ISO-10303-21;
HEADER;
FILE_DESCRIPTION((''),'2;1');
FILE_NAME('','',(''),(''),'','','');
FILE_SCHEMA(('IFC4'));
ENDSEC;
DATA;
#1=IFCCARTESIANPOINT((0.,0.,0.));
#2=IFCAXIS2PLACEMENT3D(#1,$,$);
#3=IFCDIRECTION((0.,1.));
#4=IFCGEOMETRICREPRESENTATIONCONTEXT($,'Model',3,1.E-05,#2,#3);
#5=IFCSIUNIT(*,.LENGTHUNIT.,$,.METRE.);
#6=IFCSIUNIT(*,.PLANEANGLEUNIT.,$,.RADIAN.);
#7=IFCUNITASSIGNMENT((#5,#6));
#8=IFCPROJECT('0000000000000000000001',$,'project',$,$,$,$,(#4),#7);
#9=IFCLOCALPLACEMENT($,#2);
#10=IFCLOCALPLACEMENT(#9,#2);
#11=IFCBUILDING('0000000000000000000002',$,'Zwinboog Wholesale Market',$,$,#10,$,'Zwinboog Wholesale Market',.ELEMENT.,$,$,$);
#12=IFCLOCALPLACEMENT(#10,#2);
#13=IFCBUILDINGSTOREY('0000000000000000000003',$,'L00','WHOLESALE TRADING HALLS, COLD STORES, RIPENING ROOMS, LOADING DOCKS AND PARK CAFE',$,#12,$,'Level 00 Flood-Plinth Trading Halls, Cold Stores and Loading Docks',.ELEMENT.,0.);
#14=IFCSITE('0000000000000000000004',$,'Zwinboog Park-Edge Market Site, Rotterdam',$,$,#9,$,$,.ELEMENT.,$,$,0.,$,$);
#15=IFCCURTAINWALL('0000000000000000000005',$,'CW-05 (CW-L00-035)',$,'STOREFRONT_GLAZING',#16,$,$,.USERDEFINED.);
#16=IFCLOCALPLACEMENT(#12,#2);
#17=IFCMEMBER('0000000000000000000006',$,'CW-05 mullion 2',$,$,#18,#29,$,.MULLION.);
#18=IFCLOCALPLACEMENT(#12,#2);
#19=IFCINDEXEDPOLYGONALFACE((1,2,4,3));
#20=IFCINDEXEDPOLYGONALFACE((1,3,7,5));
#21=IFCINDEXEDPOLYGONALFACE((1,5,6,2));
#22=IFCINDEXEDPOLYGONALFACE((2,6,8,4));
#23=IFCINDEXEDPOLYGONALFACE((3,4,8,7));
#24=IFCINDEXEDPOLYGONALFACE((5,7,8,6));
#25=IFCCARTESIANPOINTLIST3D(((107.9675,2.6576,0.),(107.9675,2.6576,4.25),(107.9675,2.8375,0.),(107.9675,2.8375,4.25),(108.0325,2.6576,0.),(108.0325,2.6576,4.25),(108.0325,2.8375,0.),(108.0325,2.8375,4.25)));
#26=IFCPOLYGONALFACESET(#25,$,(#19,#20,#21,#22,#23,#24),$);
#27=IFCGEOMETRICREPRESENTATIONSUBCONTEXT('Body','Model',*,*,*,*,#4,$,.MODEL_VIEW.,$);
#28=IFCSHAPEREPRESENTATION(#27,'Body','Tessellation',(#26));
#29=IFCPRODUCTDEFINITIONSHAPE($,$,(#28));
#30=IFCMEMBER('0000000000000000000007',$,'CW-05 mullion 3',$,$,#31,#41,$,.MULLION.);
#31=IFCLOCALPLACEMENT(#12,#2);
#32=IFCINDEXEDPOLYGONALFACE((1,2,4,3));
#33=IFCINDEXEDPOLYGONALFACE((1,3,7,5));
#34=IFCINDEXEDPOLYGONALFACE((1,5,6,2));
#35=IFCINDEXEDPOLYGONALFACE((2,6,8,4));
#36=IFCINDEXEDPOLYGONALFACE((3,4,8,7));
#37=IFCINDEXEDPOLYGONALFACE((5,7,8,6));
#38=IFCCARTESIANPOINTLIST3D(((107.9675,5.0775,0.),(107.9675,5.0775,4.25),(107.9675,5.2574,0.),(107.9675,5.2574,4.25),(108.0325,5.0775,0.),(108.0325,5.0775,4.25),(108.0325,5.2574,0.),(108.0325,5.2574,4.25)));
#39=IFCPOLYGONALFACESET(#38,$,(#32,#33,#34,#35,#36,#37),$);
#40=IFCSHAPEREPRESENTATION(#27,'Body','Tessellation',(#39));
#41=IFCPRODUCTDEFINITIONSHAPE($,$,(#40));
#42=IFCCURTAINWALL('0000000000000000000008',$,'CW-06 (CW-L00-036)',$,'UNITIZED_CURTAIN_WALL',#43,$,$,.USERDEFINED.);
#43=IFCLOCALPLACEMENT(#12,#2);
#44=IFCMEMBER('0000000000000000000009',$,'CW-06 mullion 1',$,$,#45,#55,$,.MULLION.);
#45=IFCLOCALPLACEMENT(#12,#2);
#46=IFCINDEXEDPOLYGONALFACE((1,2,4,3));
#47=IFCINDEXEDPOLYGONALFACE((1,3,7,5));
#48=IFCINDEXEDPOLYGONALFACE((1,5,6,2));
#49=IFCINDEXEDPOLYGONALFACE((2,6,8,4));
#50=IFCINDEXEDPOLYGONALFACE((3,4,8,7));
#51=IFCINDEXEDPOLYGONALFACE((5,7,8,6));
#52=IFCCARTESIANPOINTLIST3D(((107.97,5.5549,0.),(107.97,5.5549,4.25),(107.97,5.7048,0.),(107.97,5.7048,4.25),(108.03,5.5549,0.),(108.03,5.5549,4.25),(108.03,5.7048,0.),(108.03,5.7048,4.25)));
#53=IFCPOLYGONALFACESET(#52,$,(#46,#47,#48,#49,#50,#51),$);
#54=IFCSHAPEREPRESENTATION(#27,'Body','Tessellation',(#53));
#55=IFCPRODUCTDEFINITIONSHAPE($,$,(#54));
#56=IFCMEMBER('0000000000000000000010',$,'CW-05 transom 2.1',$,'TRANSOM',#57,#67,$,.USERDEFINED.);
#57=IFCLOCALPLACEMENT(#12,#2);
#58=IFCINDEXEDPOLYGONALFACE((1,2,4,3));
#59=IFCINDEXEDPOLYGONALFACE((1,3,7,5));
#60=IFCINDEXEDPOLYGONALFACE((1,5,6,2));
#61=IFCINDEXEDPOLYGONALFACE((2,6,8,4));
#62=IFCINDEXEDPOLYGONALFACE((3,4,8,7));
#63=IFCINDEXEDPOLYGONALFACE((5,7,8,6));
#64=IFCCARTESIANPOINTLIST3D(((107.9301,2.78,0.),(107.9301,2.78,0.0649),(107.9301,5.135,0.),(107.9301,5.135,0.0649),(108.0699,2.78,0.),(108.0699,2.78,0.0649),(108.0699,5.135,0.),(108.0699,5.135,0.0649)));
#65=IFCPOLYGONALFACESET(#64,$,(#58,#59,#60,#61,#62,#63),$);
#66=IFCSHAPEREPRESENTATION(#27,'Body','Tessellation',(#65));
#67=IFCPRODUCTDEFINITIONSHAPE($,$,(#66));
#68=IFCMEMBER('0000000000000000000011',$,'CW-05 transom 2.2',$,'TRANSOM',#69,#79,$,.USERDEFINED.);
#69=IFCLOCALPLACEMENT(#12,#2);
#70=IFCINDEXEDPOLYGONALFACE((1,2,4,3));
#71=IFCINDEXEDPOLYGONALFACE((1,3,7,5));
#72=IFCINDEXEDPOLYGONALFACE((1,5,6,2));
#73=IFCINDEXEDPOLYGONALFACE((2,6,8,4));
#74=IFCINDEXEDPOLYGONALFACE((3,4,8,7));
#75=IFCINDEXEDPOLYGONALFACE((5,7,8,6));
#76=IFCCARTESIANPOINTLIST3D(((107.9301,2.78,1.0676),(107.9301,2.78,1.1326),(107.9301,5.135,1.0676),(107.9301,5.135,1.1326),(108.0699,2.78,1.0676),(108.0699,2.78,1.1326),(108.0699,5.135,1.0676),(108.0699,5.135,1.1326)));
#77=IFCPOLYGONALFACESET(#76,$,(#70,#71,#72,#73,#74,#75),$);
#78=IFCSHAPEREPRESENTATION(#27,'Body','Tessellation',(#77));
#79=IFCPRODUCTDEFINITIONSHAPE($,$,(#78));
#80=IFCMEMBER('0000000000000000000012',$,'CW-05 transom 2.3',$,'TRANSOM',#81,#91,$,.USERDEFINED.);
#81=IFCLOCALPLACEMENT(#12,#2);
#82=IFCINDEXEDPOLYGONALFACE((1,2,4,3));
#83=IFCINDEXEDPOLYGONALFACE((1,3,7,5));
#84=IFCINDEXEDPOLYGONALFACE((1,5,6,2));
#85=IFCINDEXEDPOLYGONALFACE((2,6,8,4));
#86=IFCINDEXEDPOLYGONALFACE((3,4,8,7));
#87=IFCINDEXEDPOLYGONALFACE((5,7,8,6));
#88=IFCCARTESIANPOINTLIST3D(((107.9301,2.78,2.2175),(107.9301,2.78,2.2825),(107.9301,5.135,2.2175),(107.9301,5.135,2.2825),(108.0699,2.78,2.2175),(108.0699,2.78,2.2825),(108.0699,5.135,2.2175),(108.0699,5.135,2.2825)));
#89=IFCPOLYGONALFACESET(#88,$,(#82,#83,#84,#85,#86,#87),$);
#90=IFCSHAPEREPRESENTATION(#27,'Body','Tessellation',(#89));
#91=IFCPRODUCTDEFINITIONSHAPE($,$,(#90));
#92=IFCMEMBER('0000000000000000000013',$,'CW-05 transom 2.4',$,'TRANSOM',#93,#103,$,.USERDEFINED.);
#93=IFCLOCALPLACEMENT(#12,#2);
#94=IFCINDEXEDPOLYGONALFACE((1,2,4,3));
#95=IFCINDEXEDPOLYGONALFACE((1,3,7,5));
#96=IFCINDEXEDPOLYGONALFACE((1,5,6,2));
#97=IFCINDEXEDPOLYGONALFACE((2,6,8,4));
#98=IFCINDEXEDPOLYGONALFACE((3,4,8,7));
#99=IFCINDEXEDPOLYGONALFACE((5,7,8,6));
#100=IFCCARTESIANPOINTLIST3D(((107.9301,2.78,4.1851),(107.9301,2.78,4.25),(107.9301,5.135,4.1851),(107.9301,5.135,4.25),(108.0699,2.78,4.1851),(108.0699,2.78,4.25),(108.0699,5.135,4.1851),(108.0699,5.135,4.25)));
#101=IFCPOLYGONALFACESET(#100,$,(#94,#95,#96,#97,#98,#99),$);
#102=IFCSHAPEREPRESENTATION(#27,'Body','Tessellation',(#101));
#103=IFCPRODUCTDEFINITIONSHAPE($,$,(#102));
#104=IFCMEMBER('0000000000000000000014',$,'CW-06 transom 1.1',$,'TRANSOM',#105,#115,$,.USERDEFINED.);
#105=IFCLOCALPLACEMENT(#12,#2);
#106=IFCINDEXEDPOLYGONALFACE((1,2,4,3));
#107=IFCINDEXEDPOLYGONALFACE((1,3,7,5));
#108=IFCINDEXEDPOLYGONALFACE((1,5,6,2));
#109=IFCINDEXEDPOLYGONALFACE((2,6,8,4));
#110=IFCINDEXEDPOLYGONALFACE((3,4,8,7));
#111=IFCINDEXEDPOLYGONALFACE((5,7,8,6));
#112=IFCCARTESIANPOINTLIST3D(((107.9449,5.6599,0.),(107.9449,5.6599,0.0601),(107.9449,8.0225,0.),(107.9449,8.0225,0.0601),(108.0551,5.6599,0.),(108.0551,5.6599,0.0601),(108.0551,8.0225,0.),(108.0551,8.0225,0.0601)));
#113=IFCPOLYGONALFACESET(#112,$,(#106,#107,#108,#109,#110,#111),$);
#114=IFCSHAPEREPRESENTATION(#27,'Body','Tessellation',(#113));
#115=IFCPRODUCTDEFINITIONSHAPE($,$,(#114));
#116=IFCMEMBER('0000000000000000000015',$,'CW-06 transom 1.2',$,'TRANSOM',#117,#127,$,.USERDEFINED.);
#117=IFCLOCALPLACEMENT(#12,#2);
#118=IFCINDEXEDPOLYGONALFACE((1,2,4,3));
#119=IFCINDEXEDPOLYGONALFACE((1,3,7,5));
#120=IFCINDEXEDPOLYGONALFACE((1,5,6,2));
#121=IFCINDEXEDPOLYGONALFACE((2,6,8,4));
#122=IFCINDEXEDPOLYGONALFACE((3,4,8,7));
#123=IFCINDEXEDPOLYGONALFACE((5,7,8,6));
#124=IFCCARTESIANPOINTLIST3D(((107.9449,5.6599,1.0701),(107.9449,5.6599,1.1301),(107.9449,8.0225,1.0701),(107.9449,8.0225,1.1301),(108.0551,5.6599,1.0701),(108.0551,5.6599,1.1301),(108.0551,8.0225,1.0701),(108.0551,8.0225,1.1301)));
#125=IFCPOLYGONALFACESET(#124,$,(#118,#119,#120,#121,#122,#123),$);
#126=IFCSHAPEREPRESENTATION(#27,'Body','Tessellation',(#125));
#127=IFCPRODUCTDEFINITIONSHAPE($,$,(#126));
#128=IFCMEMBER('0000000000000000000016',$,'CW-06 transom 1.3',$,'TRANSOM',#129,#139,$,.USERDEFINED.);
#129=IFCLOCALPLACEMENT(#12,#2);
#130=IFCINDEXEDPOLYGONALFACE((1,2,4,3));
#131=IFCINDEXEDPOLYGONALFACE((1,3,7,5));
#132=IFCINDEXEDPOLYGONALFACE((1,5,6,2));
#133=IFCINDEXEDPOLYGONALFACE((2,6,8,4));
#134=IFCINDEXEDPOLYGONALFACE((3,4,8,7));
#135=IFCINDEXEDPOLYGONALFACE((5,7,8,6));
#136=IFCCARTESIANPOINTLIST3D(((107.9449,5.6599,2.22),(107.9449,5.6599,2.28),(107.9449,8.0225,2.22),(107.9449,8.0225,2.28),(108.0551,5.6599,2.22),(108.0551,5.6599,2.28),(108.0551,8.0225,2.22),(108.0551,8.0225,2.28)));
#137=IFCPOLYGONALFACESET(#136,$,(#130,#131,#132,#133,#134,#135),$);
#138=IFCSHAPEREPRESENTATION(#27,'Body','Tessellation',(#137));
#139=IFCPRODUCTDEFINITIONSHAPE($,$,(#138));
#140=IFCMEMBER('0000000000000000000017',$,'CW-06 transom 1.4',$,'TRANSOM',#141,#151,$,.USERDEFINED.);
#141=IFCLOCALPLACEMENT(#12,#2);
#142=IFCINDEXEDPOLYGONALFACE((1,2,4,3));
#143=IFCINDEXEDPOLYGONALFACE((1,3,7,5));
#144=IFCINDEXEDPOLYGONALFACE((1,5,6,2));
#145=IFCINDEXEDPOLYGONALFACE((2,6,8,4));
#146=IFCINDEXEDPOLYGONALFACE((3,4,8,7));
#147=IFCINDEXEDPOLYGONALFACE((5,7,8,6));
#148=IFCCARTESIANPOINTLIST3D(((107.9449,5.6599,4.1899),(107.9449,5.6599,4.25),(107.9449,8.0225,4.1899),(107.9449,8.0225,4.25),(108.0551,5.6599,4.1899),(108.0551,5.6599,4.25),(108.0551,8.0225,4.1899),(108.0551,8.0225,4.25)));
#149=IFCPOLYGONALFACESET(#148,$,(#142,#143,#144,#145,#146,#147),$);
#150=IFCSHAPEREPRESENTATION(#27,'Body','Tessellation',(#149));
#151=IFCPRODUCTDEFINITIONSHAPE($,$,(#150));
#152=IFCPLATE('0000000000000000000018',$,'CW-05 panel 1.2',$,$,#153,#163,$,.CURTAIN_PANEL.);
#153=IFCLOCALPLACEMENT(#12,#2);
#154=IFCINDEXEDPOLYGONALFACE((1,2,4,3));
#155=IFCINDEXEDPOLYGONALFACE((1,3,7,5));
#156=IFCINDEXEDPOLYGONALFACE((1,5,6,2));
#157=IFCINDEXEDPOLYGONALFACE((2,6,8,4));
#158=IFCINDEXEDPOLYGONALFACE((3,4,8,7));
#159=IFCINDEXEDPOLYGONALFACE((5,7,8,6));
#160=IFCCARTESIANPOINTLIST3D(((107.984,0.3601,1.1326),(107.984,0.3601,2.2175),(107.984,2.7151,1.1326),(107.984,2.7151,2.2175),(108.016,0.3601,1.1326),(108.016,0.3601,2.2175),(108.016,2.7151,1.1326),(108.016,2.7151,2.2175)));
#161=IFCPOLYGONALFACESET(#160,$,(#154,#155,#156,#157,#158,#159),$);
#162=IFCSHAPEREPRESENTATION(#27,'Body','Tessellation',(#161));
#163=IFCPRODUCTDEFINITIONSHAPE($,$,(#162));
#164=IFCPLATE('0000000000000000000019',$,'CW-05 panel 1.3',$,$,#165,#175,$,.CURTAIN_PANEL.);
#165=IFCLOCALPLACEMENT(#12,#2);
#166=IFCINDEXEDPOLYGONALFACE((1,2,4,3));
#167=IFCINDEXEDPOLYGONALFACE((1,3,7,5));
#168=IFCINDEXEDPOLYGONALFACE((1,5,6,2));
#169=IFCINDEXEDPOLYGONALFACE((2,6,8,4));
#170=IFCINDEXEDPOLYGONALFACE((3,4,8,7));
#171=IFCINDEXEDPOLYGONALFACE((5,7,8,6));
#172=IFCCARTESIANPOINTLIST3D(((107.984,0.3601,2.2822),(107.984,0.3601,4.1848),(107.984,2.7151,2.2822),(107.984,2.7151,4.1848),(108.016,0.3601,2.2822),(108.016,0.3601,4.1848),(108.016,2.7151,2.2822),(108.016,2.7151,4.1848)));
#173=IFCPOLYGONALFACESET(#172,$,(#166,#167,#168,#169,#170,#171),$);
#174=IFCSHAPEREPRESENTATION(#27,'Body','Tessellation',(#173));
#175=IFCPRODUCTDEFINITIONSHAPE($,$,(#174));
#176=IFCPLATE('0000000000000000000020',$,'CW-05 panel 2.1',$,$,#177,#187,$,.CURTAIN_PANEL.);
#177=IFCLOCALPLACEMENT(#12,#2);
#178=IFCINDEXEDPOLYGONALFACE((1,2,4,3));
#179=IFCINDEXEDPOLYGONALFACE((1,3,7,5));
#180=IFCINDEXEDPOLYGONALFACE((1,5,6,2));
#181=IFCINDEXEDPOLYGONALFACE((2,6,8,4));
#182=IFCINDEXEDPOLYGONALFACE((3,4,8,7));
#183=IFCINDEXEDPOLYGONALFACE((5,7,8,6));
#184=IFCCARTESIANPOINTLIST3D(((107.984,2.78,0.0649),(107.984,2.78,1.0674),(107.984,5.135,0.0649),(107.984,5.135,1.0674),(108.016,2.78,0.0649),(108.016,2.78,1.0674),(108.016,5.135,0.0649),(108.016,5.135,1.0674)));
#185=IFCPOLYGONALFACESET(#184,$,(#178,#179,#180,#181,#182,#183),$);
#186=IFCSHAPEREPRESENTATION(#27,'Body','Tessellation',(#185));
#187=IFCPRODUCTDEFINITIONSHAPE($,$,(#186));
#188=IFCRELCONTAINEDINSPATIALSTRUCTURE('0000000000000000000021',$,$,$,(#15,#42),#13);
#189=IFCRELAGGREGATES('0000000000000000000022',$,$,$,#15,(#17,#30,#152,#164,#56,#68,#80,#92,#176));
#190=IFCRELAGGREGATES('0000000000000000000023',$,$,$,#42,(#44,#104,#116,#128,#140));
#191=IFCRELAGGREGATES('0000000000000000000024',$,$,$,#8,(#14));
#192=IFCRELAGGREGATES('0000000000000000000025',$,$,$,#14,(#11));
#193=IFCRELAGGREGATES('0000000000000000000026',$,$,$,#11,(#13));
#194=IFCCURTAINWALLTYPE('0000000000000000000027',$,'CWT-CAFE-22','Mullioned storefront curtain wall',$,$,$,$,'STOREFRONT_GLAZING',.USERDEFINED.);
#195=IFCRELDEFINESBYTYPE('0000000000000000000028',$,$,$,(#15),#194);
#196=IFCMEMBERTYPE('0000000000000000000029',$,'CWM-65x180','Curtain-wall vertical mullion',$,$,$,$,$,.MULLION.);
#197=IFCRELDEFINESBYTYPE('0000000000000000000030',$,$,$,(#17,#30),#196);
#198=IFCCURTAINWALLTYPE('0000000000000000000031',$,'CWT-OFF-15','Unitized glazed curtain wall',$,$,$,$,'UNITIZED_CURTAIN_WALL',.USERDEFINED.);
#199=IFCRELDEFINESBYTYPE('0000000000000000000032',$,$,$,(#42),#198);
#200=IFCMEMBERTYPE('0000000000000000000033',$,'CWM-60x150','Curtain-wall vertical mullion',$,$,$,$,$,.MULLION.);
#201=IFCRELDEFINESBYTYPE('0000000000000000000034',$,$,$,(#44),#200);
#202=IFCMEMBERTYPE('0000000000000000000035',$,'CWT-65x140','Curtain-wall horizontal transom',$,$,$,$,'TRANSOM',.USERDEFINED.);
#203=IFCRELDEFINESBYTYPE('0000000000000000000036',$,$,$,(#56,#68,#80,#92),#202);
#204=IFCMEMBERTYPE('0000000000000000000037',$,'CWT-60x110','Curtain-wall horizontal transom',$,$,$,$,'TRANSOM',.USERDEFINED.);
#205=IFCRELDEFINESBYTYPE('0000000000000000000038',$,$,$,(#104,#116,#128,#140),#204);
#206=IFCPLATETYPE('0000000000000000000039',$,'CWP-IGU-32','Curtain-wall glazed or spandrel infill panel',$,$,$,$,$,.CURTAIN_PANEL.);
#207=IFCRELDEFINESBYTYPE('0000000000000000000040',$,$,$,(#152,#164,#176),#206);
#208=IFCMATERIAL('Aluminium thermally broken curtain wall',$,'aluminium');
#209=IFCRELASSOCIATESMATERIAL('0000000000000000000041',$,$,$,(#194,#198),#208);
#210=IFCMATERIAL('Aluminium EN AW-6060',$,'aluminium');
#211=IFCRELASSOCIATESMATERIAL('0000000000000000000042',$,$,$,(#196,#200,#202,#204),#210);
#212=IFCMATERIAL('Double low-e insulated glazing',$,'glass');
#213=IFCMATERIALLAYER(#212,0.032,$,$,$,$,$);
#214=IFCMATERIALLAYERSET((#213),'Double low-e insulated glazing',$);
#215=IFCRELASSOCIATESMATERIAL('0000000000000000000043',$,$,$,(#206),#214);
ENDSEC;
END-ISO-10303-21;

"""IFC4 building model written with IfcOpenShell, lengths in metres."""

from ifc_helpers import new_model, si_unit, direction, frame, origin, origin_2d, place, context, subcontext, project, spatial, rectangle, extrude, material, layer, layer_set, material_profile, profile_set, type_object, element, aggregate, save


model = new_model("IFC4")

# Units and contexts
model_context = context("Model", 3, precision=1e-05, world=origin(), true_north=direction((0.0, 1.0)))
body_context = subcontext(model_context, "Body", "Model", "MODEL_VIEW")
ifc_project = project(units=[si_unit("LENGTHUNIT", "METRE"), si_unit("PLANEANGLEUNIT", "RADIAN")], contexts=[model_context])

# Site, building, storey
site_placement = place(None, origin())
site = spatial("IfcSite", under=ifc_project, at=site_placement, Name="Zwinboog Park-Edge Market Site, Rotterdam", CompositionType="ELEMENT", RefElevation=0.0)
building_placement = place(site_placement, origin())
building = spatial("IfcBuilding", under=site, at=building_placement, Name="Zwinboog Wholesale Market", LongName="Zwinboog Wholesale Market", CompositionType="ELEMENT")
storey_placement = place(building_placement, origin())
storey = spatial("IfcBuildingStorey", under=building, at=storey_placement, Name="L00", Description="WHOLESALE TRADING HALLS, COLD STORES, RIPENING ROOMS, LOADING DOCKS AND PARK CAFE", LongName="Level 00 Flood-Plinth Trading Halls, Cold Stores and Loading Docks", CompositionType="ELEMENT", Elevation=0.0)

# Curtain wall, members
ifc_material_1 = material(Name="Aluminium thermally broken curtain wall", Category="aluminium")
curtain_wall_type_1 = type_object("IfcCurtainWallType", Name="CWT-CAFE-22", Description="Mullioned storefront curtain wall", ElementType="STOREFRONT_GLAZING", PredefinedType="USERDEFINED", material=ifc_material_1)
curtain_wall_1_placement = place(storey_placement, origin())
curtain_wall_1 = element("IfcCurtainWall", 1, at=curtain_wall_1_placement, inside=storey, type_object=curtain_wall_type_1, Name="CW-05 (CW-L00-035)", ObjectType="STOREFRONT_GLAZING", PredefinedType="USERDEFINED")
ifc_material_2 = material(Name="Aluminium EN AW-6060", Category="aluminium")
ifc_material_profile_1 = material_profile(ifc_material_2, rectangle(XDim=0.0649, YDim=0.1799, at=origin_2d()), Name="AL 65x180")
ifc_profile_set_1 = profile_set([ifc_material_profile_1], Name="Aluminium EN AW-6060")
member_type_1 = type_object("IfcMemberType", Name="CWM-65x180", Description="Curtain-wall vertical mullion", PredefinedType="MULLION", material=ifc_profile_set_1)
member_1_placement = place(storey_placement, frame((108.0, 2.7476, 0.0), z_axis=(0.0, 0.0, 1.0), x_axis=(-1.0, 0.0, 0.0)))
member_1 = element("IfcMember", 2, at=member_1_placement, type_object=member_type_1, Name="CW-05 mullion 2", PredefinedType="MULLION", context=body_context, shape_type="SweptSolid", body=[
    extrude(rectangle(XDim=0.0649, YDim=0.1799, at=origin_2d()), origin(), (0.0, 0.0, 1.0), 4.25),
])
member_2_placement = place(storey_placement, frame((108.0, 5.1675, 0.0), z_axis=(0.0, 0.0, 1.0), x_axis=(-1.0, 0.0, 0.0)))
member_2 = element("IfcMember", 3, at=member_2_placement, type_object=member_type_1, Name="CW-05 mullion 3", PredefinedType="MULLION", context=body_context, shape_type="SweptSolid", body=[
    extrude(rectangle(XDim=0.0649, YDim=0.1799, at=origin_2d()), origin(), (0.0, 0.0, 1.0), 4.25),
])

# Curtain wall, member
curtain_wall_type_2 = type_object("IfcCurtainWallType", Name="CWT-OFF-15", Description="Unitized glazed curtain wall", ElementType="UNITIZED_CURTAIN_WALL", PredefinedType="USERDEFINED", material=ifc_material_1)
curtain_wall_2_placement = place(storey_placement, origin())
curtain_wall_2 = element("IfcCurtainWall", 4, at=curtain_wall_2_placement, inside=storey, type_object=curtain_wall_type_2, Name="CW-06 (CW-L00-036)", ObjectType="UNITIZED_CURTAIN_WALL", PredefinedType="USERDEFINED")
ifc_material_profile_2 = material_profile(ifc_material_2, rectangle(XDim=0.0601, YDim=0.1499, at=origin_2d()), Name="AL 60x150")
ifc_profile_set_2 = profile_set([ifc_material_profile_2], Name="Aluminium EN AW-6060")
member_type_2 = type_object("IfcMemberType", Name="CWM-60x150", Description="Curtain-wall vertical mullion", PredefinedType="MULLION", material=ifc_profile_set_2)
member_3_placement = place(storey_placement, frame((108.0, 5.6299, 0.0), z_axis=(0.0, 0.0, 1.0), x_axis=(-1.0, 0.0, 0.0)))
member_3 = element("IfcMember", 5, at=member_3_placement, type_object=member_type_2, Name="CW-06 mullion 1", PredefinedType="MULLION", context=body_context, shape_type="SweptSolid", body=[
    extrude(rectangle(XDim=0.0601, YDim=0.1499, at=origin_2d()), origin(), (0.0, 0.0, 1.0), 4.25),
])

# Members
ifc_material_profile_3 = material_profile(ifc_material_2, rectangle(XDim=0.1399, YDim=0.0649, at=origin_2d()), Name="AL 65x140")
ifc_profile_set_3 = profile_set([ifc_material_profile_3], Name="Aluminium EN AW-6060")
member_type_3 = type_object("IfcMemberType", Name="CWT-65x140", Description="Curtain-wall horizontal transom", ElementType="TRANSOM", PredefinedType="USERDEFINED", material=ifc_profile_set_3)
member_4_placement = place(storey_placement, frame((108.0, 2.78, 0.0325), z_axis=(0.0, 1.0, 0.0), x_axis=(-1.0, 0.0, 0.0)))
member_4 = element("IfcMember", 6, at=member_4_placement, type_object=member_type_3, Name="CW-05 transom 2.1", ObjectType="TRANSOM", PredefinedType="USERDEFINED", context=body_context, shape_type="SweptSolid", body=[
    extrude(rectangle(XDim=0.1399, YDim=0.0649, at=origin_2d()), origin(), (0.0, 0.0, 1.0), 2.355),
])
member_5_placement = place(storey_placement, frame((108.0, 2.78, 1.1001), z_axis=(0.0, 1.0, 0.0), x_axis=(-1.0, 0.0, 0.0)))
member_5 = element("IfcMember", 7, at=member_5_placement, type_object=member_type_3, Name="CW-05 transom 2.2", ObjectType="TRANSOM", PredefinedType="USERDEFINED", context=body_context, shape_type="SweptSolid", body=[
    extrude(rectangle(XDim=0.1399, YDim=0.0649, at=origin_2d()), origin(), (0.0, 0.0, 1.0), 2.355),
])
member_6_placement = place(storey_placement, frame((108.0, 2.78, 2.25), z_axis=(0.0, 1.0, 0.0), x_axis=(-1.0, 0.0, 0.0)))
member_6 = element("IfcMember", 8, at=member_6_placement, type_object=member_type_3, Name="CW-05 transom 2.3", ObjectType="TRANSOM", PredefinedType="USERDEFINED", context=body_context, shape_type="SweptSolid", body=[
    extrude(rectangle(XDim=0.1399, YDim=0.0649, at=origin_2d()), origin(), (0.0, 0.0, 1.0), 2.355),
])
member_7_placement = place(storey_placement, frame((108.0, 2.78, 4.2175), z_axis=(0.0, 1.0, 0.0), x_axis=(-1.0, 0.0, 0.0)))
member_7 = element("IfcMember", 9, at=member_7_placement, type_object=member_type_3, Name="CW-05 transom 2.4", ObjectType="TRANSOM", PredefinedType="USERDEFINED", context=body_context, shape_type="SweptSolid", body=[
    extrude(rectangle(XDim=0.1399, YDim=0.0649, at=origin_2d()), origin(), (0.0, 0.0, 1.0), 2.355),
])
ifc_material_profile_4 = material_profile(ifc_material_2, rectangle(XDim=0.1101, YDim=0.0601, at=origin_2d()), Name="AL 60x110")
ifc_profile_set_4 = profile_set([ifc_material_profile_4], Name="Aluminium EN AW-6060")
member_type_4 = type_object("IfcMemberType", Name="CWT-60x110", Description="Curtain-wall horizontal transom", ElementType="TRANSOM", PredefinedType="USERDEFINED", material=ifc_profile_set_4)
member_8_placement = place(storey_placement, frame((108.0, 5.6599, 0.03), z_axis=(0.0, 1.0, 0.0), x_axis=(-1.0, 0.0, 0.0)))
member_8 = element("IfcMember", 10, at=member_8_placement, type_object=member_type_4, Name="CW-06 transom 1.1", ObjectType="TRANSOM", PredefinedType="USERDEFINED", context=body_context, shape_type="SweptSolid", body=[
    extrude(rectangle(XDim=0.1101, YDim=0.0601, at=origin_2d()), origin(), (0.0, 0.0, 1.0), 2.3625),
])
member_9_placement = place(storey_placement, frame((108.0, 5.6599, 1.1001), z_axis=(0.0, 1.0, 0.0), x_axis=(-1.0, 0.0, 0.0)))
member_9 = element("IfcMember", 11, at=member_9_placement, type_object=member_type_4, Name="CW-06 transom 1.2", ObjectType="TRANSOM", PredefinedType="USERDEFINED", context=body_context, shape_type="SweptSolid", body=[
    extrude(rectangle(XDim=0.1101, YDim=0.0601, at=origin_2d()), origin(), (0.0, 0.0, 1.0), 2.3625),
])
member_10_placement = place(storey_placement, frame((108.0, 5.6599, 2.25), z_axis=(0.0, 1.0, 0.0), x_axis=(-1.0, 0.0, 0.0)))
member_10 = element("IfcMember", 12, at=member_10_placement, type_object=member_type_4, Name="CW-06 transom 1.3", ObjectType="TRANSOM", PredefinedType="USERDEFINED", context=body_context, shape_type="SweptSolid", body=[
    extrude(rectangle(XDim=0.1101, YDim=0.0601, at=origin_2d()), origin(), (0.0, 0.0, 1.0), 2.3625),
])
member_11_placement = place(storey_placement, frame((108.0, 5.6599, 4.22), z_axis=(0.0, 1.0, 0.0), x_axis=(-1.0, 0.0, 0.0)))
member_11 = element("IfcMember", 13, at=member_11_placement, type_object=member_type_4, Name="CW-06 transom 1.4", ObjectType="TRANSOM", PredefinedType="USERDEFINED", context=body_context, shape_type="SweptSolid", body=[
    extrude(rectangle(XDim=0.1101, YDim=0.0601, at=origin_2d()), origin(), (0.0, 0.0, 1.0), 2.3625),
])

# Plates
ifc_material_3 = material(Name="Double low-e insulated glazing", Category="glass")
ifc_layer_1 = layer(ifc_material_3, 0.032)
ifc_layer_set_1 = layer_set([ifc_layer_1], Name="Double low-e insulated glazing")
plate_type = type_object("IfcPlateType", Name="CWP-IGU-32", Description="Curtain-wall glazed or spandrel infill panel", PredefinedType="CURTAIN_PANEL", material=ifc_layer_set_1)
plate_1_placement = place(storey_placement, frame((108.0, 1.5376, 1.1326), z_axis=(0.0, 0.0, 1.0), x_axis=(0.0, 1.0, 0.0)))
plate_1 = element("IfcPlate", 14, at=plate_1_placement, type_object=plate_type, Name="CW-05 panel 1.2", PredefinedType="CURTAIN_PANEL", context=body_context, shape_type="SweptSolid", body=[
    extrude(rectangle(XDim=2.355, YDim=0.032, at=origin_2d()), origin(), (0.0, 0.0, 1.0), 1.085),
])
plate_2_placement = place(storey_placement, frame((108.0, 1.5376, 2.2822), z_axis=(0.0, 0.0, 1.0), x_axis=(0.0, 1.0, 0.0)))
plate_2 = element("IfcPlate", 15, at=plate_2_placement, type_object=plate_type, Name="CW-05 panel 1.3", PredefinedType="CURTAIN_PANEL", context=body_context, shape_type="SweptSolid", body=[
    extrude(rectangle(XDim=2.355, YDim=0.032, at=origin_2d()), origin(), (0.0, 0.0, 1.0), 1.9026),
])
plate_3_placement = place(storey_placement, frame((108.0, 3.9575, 0.0649), z_axis=(0.0, 0.0, 1.0), x_axis=(0.0, 1.0, 0.0)))
plate_3 = element("IfcPlate", 16, at=plate_3_placement, type_object=plate_type, Name="CW-05 panel 2.1", PredefinedType="CURTAIN_PANEL", context=body_context, shape_type="SweptSolid", body=[
    extrude(rectangle(XDim=2.355, YDim=0.032, at=origin_2d()), origin(), (0.0, 0.0, 1.0), 1.0024),
])
aggregate(curtain_wall_1, [member_1, member_2, plate_1, plate_2, member_4, member_5, member_6, member_7, plate_3])
aggregate(curtain_wall_2, [member_3, member_8, member_9, member_10, member_11])

save(model, "model.ifc")
